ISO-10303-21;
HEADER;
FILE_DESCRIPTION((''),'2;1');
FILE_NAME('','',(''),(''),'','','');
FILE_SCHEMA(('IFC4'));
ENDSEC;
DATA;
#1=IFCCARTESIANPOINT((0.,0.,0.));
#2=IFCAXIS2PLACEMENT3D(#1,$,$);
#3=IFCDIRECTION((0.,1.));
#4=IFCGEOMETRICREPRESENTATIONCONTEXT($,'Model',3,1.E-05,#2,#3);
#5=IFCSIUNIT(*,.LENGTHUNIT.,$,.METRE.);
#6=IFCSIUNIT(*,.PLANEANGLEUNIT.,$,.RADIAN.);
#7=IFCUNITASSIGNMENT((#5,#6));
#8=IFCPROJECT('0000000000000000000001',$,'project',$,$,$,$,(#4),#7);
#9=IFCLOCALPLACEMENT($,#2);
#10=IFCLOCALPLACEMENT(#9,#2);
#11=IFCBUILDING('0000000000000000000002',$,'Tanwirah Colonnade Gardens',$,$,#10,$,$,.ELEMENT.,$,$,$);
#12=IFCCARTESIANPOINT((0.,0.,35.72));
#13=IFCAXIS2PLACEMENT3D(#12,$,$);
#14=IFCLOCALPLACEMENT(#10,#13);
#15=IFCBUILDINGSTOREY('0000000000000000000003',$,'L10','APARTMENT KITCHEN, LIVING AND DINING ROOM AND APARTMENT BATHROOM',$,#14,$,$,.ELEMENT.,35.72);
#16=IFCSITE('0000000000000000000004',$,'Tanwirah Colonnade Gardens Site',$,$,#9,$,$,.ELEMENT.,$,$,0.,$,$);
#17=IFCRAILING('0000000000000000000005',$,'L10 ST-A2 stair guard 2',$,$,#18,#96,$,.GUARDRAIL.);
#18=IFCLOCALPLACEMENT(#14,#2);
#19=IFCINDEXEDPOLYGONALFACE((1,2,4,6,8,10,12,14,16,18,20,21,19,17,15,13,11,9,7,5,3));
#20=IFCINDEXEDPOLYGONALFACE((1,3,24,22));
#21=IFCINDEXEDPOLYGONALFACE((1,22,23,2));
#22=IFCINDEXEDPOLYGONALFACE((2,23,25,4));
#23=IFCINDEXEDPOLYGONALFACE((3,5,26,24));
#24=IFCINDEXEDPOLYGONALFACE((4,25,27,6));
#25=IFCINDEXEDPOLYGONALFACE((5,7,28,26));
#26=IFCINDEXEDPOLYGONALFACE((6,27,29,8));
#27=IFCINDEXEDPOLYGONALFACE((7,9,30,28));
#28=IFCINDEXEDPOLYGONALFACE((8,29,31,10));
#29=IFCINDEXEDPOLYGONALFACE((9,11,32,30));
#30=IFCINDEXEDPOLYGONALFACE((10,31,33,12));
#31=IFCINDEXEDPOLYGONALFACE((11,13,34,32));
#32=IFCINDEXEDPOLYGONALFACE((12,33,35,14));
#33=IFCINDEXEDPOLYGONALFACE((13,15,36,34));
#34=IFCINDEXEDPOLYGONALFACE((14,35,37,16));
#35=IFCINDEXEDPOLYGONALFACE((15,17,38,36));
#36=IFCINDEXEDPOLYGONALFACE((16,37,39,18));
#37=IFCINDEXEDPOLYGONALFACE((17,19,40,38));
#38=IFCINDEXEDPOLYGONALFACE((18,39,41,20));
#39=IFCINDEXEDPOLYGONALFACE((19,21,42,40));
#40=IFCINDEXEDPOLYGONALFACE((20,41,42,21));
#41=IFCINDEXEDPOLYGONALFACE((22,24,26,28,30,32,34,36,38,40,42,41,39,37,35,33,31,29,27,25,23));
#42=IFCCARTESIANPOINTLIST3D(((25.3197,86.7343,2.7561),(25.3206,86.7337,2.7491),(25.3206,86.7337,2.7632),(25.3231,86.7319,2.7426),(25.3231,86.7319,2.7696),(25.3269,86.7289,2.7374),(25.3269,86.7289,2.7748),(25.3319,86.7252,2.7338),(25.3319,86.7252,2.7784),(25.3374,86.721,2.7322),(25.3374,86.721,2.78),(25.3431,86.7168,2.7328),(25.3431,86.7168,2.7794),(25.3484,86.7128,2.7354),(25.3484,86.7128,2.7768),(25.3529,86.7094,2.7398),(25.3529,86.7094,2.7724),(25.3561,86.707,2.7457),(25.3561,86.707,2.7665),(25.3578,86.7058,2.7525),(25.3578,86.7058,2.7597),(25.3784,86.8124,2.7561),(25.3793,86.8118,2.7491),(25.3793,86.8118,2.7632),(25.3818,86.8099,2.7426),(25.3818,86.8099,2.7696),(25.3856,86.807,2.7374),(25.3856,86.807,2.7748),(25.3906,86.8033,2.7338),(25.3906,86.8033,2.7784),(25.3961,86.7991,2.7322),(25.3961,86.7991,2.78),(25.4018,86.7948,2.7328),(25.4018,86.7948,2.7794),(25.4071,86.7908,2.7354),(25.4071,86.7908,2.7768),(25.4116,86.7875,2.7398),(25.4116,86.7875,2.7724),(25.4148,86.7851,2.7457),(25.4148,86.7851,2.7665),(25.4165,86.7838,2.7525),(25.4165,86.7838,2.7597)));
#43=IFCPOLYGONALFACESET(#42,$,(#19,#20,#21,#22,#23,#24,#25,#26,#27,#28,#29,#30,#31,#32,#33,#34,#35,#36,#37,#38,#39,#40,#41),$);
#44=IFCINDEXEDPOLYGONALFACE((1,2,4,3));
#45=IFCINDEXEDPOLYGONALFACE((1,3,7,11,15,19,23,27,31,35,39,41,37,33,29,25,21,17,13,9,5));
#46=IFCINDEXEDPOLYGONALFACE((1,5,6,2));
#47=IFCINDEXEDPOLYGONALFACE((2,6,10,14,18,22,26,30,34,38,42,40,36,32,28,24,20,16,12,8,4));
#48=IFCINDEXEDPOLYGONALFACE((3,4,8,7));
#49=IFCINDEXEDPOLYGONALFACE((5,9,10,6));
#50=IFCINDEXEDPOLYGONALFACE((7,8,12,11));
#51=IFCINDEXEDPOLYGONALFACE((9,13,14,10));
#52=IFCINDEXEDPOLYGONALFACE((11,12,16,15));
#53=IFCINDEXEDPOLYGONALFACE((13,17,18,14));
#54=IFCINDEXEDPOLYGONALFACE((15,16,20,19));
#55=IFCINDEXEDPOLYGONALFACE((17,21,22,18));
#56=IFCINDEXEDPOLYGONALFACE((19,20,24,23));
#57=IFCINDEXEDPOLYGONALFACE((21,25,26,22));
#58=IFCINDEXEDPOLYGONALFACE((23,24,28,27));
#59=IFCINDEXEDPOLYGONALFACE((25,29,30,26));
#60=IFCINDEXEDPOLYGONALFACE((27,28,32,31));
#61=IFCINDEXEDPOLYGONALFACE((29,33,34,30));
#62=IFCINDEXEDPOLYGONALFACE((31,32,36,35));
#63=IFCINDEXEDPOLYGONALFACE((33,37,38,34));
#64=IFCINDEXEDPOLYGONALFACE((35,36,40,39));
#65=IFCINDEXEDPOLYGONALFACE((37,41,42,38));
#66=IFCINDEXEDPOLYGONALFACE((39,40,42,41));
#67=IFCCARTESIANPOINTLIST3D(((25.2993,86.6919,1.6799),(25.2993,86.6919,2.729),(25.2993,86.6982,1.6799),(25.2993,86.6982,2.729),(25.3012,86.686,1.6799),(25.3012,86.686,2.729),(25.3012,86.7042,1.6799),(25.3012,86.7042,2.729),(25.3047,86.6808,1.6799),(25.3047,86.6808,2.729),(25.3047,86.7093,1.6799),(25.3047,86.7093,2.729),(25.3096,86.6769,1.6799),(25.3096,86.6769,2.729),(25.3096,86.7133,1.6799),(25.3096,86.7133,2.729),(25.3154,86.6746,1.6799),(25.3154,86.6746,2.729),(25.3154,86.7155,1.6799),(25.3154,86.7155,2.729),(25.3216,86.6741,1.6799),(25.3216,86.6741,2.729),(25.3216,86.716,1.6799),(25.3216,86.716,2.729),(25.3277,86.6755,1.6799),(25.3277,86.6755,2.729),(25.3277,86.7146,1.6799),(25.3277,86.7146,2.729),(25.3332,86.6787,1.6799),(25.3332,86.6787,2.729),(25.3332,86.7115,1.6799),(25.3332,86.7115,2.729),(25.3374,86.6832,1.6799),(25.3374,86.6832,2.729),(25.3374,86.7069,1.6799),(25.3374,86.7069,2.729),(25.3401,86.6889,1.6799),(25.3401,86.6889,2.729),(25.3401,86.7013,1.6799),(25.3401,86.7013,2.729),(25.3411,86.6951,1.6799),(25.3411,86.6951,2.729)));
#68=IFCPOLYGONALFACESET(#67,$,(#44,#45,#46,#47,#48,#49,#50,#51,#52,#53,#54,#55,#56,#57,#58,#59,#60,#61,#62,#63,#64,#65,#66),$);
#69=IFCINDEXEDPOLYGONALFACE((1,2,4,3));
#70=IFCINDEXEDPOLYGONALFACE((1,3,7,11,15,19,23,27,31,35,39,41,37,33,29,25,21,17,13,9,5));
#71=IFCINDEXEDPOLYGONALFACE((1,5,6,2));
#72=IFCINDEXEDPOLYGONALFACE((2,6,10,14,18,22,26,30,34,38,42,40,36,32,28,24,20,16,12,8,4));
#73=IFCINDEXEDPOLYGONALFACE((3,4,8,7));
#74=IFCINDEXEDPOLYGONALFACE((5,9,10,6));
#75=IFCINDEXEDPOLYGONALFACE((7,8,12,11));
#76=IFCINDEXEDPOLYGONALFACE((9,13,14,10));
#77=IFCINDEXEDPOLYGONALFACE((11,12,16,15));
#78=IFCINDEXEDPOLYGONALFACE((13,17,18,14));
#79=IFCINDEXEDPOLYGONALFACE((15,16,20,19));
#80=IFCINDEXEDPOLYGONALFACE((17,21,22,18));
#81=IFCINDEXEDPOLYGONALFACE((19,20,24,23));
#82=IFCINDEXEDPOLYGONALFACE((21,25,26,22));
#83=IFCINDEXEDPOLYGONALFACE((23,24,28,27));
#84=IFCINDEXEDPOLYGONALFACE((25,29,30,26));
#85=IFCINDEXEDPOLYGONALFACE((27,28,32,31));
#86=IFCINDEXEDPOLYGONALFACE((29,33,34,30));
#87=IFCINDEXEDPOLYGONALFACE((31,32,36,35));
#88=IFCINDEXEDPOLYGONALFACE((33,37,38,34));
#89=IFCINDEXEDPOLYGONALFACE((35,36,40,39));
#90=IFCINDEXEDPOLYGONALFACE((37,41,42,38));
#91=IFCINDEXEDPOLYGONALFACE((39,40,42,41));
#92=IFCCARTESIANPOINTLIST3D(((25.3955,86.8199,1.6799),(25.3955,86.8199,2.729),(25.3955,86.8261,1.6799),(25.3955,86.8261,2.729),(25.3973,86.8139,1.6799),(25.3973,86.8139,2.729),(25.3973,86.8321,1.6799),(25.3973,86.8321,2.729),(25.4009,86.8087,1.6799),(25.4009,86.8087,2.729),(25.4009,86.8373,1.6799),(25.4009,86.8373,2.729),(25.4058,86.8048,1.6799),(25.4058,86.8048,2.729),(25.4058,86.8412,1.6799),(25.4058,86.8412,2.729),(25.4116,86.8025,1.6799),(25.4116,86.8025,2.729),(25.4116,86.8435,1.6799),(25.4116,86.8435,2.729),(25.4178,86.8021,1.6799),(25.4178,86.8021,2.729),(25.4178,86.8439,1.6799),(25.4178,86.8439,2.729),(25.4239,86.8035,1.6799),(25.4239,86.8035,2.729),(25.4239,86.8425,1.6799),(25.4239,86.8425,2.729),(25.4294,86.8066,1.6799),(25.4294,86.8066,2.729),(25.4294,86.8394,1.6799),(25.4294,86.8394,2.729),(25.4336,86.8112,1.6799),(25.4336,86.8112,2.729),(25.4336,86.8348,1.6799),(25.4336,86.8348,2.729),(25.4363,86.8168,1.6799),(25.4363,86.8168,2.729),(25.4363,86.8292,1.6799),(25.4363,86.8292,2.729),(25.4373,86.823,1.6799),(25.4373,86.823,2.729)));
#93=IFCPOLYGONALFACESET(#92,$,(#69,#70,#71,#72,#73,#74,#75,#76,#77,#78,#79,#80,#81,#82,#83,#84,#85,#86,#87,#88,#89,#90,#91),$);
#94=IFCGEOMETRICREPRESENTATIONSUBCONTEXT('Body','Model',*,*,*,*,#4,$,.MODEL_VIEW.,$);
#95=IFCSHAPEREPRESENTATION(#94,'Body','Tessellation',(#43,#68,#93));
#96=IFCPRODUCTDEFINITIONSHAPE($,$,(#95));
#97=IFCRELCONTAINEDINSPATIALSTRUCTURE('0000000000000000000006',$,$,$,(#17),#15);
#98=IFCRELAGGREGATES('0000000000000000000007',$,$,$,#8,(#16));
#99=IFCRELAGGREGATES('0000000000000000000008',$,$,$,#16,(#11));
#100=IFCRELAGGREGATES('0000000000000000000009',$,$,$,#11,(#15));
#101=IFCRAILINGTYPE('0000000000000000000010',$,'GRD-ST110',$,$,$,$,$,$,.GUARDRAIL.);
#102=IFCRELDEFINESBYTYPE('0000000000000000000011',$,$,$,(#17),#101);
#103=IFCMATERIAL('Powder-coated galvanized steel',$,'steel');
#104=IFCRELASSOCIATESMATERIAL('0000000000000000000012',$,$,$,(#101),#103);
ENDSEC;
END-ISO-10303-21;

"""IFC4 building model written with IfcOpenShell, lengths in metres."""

from ifc_helpers import new_model, si_unit, direction, frame, origin, origin_2d, place, context, subcontext, project, spatial, circle, extrude, material, type_object, element, save


model = new_model("IFC4")

# Units and contexts
model_context = context("Model", 3, precision=1e-05, world=origin(), true_north=direction((0.0, 1.0)))
body_context = subcontext(model_context, "Body", "Model", "MODEL_VIEW")
ifc_project = project(units=[si_unit("LENGTHUNIT", "METRE"), si_unit("PLANEANGLEUNIT", "RADIAN")], contexts=[model_context])

# Site, building, storey
site_placement = place(None, origin())
site = spatial("IfcSite", under=ifc_project, at=site_placement, Name="Tanwirah Colonnade Gardens Site", CompositionType="ELEMENT", RefElevation=0.0)
building_placement = place(site_placement, origin())
building = spatial("IfcBuilding", under=site, at=building_placement, Name="Tanwirah Colonnade Gardens", CompositionType="ELEMENT")
storey_placement = place(building_placement, frame((0.0, 0.0, 35.72)))
storey = spatial("IfcBuildingStorey", under=building, at=storey_placement, Name="L10", Description="APARTMENT KITCHEN, LIVING AND DINING ROOM AND APARTMENT BATHROOM", CompositionType="ELEMENT", Elevation=35.72)

# Railing
ifc_material_1 = material(Name="Powder-coated galvanized steel", Category="steel")
railing_type_1 = type_object("IfcRailingType", Name="GRD-ST110", PredefinedType="GUARDRAIL", material=ifc_material_1)
railing_1_placement = place(storey_placement, frame((25.3201, 86.6951, 1.6799)))
element("IfcRailing", 1, at=railing_1_placement, inside=storey, type_object=railing_type_1, Name="L10 ST-A2 stair guard 2", PredefinedType="GUARDRAIL", context=body_context, shape_type="SweptSolid", body=[
    extrude(circle(Radius=0.0239, at=origin_2d()), frame((0.0188, 0.0249, 1.0762), z_axis=(0.600976, 0.799267, 0.0), x_axis=(-0.799267, 0.600976, 0.0)), (0.0, 0.0, 1.0), 0.0977),
    extrude(circle(Radius=0.021, at=origin_2d()), origin(), (0.0, 0.0, 1.0), 1.0491),
    extrude(circle(Radius=0.021, at=origin_2d()), frame((0.0962, 0.1279, 0.0)), (0.0, 0.0, 1.0), 1.0491),
])

save(model, "model.ifc")
